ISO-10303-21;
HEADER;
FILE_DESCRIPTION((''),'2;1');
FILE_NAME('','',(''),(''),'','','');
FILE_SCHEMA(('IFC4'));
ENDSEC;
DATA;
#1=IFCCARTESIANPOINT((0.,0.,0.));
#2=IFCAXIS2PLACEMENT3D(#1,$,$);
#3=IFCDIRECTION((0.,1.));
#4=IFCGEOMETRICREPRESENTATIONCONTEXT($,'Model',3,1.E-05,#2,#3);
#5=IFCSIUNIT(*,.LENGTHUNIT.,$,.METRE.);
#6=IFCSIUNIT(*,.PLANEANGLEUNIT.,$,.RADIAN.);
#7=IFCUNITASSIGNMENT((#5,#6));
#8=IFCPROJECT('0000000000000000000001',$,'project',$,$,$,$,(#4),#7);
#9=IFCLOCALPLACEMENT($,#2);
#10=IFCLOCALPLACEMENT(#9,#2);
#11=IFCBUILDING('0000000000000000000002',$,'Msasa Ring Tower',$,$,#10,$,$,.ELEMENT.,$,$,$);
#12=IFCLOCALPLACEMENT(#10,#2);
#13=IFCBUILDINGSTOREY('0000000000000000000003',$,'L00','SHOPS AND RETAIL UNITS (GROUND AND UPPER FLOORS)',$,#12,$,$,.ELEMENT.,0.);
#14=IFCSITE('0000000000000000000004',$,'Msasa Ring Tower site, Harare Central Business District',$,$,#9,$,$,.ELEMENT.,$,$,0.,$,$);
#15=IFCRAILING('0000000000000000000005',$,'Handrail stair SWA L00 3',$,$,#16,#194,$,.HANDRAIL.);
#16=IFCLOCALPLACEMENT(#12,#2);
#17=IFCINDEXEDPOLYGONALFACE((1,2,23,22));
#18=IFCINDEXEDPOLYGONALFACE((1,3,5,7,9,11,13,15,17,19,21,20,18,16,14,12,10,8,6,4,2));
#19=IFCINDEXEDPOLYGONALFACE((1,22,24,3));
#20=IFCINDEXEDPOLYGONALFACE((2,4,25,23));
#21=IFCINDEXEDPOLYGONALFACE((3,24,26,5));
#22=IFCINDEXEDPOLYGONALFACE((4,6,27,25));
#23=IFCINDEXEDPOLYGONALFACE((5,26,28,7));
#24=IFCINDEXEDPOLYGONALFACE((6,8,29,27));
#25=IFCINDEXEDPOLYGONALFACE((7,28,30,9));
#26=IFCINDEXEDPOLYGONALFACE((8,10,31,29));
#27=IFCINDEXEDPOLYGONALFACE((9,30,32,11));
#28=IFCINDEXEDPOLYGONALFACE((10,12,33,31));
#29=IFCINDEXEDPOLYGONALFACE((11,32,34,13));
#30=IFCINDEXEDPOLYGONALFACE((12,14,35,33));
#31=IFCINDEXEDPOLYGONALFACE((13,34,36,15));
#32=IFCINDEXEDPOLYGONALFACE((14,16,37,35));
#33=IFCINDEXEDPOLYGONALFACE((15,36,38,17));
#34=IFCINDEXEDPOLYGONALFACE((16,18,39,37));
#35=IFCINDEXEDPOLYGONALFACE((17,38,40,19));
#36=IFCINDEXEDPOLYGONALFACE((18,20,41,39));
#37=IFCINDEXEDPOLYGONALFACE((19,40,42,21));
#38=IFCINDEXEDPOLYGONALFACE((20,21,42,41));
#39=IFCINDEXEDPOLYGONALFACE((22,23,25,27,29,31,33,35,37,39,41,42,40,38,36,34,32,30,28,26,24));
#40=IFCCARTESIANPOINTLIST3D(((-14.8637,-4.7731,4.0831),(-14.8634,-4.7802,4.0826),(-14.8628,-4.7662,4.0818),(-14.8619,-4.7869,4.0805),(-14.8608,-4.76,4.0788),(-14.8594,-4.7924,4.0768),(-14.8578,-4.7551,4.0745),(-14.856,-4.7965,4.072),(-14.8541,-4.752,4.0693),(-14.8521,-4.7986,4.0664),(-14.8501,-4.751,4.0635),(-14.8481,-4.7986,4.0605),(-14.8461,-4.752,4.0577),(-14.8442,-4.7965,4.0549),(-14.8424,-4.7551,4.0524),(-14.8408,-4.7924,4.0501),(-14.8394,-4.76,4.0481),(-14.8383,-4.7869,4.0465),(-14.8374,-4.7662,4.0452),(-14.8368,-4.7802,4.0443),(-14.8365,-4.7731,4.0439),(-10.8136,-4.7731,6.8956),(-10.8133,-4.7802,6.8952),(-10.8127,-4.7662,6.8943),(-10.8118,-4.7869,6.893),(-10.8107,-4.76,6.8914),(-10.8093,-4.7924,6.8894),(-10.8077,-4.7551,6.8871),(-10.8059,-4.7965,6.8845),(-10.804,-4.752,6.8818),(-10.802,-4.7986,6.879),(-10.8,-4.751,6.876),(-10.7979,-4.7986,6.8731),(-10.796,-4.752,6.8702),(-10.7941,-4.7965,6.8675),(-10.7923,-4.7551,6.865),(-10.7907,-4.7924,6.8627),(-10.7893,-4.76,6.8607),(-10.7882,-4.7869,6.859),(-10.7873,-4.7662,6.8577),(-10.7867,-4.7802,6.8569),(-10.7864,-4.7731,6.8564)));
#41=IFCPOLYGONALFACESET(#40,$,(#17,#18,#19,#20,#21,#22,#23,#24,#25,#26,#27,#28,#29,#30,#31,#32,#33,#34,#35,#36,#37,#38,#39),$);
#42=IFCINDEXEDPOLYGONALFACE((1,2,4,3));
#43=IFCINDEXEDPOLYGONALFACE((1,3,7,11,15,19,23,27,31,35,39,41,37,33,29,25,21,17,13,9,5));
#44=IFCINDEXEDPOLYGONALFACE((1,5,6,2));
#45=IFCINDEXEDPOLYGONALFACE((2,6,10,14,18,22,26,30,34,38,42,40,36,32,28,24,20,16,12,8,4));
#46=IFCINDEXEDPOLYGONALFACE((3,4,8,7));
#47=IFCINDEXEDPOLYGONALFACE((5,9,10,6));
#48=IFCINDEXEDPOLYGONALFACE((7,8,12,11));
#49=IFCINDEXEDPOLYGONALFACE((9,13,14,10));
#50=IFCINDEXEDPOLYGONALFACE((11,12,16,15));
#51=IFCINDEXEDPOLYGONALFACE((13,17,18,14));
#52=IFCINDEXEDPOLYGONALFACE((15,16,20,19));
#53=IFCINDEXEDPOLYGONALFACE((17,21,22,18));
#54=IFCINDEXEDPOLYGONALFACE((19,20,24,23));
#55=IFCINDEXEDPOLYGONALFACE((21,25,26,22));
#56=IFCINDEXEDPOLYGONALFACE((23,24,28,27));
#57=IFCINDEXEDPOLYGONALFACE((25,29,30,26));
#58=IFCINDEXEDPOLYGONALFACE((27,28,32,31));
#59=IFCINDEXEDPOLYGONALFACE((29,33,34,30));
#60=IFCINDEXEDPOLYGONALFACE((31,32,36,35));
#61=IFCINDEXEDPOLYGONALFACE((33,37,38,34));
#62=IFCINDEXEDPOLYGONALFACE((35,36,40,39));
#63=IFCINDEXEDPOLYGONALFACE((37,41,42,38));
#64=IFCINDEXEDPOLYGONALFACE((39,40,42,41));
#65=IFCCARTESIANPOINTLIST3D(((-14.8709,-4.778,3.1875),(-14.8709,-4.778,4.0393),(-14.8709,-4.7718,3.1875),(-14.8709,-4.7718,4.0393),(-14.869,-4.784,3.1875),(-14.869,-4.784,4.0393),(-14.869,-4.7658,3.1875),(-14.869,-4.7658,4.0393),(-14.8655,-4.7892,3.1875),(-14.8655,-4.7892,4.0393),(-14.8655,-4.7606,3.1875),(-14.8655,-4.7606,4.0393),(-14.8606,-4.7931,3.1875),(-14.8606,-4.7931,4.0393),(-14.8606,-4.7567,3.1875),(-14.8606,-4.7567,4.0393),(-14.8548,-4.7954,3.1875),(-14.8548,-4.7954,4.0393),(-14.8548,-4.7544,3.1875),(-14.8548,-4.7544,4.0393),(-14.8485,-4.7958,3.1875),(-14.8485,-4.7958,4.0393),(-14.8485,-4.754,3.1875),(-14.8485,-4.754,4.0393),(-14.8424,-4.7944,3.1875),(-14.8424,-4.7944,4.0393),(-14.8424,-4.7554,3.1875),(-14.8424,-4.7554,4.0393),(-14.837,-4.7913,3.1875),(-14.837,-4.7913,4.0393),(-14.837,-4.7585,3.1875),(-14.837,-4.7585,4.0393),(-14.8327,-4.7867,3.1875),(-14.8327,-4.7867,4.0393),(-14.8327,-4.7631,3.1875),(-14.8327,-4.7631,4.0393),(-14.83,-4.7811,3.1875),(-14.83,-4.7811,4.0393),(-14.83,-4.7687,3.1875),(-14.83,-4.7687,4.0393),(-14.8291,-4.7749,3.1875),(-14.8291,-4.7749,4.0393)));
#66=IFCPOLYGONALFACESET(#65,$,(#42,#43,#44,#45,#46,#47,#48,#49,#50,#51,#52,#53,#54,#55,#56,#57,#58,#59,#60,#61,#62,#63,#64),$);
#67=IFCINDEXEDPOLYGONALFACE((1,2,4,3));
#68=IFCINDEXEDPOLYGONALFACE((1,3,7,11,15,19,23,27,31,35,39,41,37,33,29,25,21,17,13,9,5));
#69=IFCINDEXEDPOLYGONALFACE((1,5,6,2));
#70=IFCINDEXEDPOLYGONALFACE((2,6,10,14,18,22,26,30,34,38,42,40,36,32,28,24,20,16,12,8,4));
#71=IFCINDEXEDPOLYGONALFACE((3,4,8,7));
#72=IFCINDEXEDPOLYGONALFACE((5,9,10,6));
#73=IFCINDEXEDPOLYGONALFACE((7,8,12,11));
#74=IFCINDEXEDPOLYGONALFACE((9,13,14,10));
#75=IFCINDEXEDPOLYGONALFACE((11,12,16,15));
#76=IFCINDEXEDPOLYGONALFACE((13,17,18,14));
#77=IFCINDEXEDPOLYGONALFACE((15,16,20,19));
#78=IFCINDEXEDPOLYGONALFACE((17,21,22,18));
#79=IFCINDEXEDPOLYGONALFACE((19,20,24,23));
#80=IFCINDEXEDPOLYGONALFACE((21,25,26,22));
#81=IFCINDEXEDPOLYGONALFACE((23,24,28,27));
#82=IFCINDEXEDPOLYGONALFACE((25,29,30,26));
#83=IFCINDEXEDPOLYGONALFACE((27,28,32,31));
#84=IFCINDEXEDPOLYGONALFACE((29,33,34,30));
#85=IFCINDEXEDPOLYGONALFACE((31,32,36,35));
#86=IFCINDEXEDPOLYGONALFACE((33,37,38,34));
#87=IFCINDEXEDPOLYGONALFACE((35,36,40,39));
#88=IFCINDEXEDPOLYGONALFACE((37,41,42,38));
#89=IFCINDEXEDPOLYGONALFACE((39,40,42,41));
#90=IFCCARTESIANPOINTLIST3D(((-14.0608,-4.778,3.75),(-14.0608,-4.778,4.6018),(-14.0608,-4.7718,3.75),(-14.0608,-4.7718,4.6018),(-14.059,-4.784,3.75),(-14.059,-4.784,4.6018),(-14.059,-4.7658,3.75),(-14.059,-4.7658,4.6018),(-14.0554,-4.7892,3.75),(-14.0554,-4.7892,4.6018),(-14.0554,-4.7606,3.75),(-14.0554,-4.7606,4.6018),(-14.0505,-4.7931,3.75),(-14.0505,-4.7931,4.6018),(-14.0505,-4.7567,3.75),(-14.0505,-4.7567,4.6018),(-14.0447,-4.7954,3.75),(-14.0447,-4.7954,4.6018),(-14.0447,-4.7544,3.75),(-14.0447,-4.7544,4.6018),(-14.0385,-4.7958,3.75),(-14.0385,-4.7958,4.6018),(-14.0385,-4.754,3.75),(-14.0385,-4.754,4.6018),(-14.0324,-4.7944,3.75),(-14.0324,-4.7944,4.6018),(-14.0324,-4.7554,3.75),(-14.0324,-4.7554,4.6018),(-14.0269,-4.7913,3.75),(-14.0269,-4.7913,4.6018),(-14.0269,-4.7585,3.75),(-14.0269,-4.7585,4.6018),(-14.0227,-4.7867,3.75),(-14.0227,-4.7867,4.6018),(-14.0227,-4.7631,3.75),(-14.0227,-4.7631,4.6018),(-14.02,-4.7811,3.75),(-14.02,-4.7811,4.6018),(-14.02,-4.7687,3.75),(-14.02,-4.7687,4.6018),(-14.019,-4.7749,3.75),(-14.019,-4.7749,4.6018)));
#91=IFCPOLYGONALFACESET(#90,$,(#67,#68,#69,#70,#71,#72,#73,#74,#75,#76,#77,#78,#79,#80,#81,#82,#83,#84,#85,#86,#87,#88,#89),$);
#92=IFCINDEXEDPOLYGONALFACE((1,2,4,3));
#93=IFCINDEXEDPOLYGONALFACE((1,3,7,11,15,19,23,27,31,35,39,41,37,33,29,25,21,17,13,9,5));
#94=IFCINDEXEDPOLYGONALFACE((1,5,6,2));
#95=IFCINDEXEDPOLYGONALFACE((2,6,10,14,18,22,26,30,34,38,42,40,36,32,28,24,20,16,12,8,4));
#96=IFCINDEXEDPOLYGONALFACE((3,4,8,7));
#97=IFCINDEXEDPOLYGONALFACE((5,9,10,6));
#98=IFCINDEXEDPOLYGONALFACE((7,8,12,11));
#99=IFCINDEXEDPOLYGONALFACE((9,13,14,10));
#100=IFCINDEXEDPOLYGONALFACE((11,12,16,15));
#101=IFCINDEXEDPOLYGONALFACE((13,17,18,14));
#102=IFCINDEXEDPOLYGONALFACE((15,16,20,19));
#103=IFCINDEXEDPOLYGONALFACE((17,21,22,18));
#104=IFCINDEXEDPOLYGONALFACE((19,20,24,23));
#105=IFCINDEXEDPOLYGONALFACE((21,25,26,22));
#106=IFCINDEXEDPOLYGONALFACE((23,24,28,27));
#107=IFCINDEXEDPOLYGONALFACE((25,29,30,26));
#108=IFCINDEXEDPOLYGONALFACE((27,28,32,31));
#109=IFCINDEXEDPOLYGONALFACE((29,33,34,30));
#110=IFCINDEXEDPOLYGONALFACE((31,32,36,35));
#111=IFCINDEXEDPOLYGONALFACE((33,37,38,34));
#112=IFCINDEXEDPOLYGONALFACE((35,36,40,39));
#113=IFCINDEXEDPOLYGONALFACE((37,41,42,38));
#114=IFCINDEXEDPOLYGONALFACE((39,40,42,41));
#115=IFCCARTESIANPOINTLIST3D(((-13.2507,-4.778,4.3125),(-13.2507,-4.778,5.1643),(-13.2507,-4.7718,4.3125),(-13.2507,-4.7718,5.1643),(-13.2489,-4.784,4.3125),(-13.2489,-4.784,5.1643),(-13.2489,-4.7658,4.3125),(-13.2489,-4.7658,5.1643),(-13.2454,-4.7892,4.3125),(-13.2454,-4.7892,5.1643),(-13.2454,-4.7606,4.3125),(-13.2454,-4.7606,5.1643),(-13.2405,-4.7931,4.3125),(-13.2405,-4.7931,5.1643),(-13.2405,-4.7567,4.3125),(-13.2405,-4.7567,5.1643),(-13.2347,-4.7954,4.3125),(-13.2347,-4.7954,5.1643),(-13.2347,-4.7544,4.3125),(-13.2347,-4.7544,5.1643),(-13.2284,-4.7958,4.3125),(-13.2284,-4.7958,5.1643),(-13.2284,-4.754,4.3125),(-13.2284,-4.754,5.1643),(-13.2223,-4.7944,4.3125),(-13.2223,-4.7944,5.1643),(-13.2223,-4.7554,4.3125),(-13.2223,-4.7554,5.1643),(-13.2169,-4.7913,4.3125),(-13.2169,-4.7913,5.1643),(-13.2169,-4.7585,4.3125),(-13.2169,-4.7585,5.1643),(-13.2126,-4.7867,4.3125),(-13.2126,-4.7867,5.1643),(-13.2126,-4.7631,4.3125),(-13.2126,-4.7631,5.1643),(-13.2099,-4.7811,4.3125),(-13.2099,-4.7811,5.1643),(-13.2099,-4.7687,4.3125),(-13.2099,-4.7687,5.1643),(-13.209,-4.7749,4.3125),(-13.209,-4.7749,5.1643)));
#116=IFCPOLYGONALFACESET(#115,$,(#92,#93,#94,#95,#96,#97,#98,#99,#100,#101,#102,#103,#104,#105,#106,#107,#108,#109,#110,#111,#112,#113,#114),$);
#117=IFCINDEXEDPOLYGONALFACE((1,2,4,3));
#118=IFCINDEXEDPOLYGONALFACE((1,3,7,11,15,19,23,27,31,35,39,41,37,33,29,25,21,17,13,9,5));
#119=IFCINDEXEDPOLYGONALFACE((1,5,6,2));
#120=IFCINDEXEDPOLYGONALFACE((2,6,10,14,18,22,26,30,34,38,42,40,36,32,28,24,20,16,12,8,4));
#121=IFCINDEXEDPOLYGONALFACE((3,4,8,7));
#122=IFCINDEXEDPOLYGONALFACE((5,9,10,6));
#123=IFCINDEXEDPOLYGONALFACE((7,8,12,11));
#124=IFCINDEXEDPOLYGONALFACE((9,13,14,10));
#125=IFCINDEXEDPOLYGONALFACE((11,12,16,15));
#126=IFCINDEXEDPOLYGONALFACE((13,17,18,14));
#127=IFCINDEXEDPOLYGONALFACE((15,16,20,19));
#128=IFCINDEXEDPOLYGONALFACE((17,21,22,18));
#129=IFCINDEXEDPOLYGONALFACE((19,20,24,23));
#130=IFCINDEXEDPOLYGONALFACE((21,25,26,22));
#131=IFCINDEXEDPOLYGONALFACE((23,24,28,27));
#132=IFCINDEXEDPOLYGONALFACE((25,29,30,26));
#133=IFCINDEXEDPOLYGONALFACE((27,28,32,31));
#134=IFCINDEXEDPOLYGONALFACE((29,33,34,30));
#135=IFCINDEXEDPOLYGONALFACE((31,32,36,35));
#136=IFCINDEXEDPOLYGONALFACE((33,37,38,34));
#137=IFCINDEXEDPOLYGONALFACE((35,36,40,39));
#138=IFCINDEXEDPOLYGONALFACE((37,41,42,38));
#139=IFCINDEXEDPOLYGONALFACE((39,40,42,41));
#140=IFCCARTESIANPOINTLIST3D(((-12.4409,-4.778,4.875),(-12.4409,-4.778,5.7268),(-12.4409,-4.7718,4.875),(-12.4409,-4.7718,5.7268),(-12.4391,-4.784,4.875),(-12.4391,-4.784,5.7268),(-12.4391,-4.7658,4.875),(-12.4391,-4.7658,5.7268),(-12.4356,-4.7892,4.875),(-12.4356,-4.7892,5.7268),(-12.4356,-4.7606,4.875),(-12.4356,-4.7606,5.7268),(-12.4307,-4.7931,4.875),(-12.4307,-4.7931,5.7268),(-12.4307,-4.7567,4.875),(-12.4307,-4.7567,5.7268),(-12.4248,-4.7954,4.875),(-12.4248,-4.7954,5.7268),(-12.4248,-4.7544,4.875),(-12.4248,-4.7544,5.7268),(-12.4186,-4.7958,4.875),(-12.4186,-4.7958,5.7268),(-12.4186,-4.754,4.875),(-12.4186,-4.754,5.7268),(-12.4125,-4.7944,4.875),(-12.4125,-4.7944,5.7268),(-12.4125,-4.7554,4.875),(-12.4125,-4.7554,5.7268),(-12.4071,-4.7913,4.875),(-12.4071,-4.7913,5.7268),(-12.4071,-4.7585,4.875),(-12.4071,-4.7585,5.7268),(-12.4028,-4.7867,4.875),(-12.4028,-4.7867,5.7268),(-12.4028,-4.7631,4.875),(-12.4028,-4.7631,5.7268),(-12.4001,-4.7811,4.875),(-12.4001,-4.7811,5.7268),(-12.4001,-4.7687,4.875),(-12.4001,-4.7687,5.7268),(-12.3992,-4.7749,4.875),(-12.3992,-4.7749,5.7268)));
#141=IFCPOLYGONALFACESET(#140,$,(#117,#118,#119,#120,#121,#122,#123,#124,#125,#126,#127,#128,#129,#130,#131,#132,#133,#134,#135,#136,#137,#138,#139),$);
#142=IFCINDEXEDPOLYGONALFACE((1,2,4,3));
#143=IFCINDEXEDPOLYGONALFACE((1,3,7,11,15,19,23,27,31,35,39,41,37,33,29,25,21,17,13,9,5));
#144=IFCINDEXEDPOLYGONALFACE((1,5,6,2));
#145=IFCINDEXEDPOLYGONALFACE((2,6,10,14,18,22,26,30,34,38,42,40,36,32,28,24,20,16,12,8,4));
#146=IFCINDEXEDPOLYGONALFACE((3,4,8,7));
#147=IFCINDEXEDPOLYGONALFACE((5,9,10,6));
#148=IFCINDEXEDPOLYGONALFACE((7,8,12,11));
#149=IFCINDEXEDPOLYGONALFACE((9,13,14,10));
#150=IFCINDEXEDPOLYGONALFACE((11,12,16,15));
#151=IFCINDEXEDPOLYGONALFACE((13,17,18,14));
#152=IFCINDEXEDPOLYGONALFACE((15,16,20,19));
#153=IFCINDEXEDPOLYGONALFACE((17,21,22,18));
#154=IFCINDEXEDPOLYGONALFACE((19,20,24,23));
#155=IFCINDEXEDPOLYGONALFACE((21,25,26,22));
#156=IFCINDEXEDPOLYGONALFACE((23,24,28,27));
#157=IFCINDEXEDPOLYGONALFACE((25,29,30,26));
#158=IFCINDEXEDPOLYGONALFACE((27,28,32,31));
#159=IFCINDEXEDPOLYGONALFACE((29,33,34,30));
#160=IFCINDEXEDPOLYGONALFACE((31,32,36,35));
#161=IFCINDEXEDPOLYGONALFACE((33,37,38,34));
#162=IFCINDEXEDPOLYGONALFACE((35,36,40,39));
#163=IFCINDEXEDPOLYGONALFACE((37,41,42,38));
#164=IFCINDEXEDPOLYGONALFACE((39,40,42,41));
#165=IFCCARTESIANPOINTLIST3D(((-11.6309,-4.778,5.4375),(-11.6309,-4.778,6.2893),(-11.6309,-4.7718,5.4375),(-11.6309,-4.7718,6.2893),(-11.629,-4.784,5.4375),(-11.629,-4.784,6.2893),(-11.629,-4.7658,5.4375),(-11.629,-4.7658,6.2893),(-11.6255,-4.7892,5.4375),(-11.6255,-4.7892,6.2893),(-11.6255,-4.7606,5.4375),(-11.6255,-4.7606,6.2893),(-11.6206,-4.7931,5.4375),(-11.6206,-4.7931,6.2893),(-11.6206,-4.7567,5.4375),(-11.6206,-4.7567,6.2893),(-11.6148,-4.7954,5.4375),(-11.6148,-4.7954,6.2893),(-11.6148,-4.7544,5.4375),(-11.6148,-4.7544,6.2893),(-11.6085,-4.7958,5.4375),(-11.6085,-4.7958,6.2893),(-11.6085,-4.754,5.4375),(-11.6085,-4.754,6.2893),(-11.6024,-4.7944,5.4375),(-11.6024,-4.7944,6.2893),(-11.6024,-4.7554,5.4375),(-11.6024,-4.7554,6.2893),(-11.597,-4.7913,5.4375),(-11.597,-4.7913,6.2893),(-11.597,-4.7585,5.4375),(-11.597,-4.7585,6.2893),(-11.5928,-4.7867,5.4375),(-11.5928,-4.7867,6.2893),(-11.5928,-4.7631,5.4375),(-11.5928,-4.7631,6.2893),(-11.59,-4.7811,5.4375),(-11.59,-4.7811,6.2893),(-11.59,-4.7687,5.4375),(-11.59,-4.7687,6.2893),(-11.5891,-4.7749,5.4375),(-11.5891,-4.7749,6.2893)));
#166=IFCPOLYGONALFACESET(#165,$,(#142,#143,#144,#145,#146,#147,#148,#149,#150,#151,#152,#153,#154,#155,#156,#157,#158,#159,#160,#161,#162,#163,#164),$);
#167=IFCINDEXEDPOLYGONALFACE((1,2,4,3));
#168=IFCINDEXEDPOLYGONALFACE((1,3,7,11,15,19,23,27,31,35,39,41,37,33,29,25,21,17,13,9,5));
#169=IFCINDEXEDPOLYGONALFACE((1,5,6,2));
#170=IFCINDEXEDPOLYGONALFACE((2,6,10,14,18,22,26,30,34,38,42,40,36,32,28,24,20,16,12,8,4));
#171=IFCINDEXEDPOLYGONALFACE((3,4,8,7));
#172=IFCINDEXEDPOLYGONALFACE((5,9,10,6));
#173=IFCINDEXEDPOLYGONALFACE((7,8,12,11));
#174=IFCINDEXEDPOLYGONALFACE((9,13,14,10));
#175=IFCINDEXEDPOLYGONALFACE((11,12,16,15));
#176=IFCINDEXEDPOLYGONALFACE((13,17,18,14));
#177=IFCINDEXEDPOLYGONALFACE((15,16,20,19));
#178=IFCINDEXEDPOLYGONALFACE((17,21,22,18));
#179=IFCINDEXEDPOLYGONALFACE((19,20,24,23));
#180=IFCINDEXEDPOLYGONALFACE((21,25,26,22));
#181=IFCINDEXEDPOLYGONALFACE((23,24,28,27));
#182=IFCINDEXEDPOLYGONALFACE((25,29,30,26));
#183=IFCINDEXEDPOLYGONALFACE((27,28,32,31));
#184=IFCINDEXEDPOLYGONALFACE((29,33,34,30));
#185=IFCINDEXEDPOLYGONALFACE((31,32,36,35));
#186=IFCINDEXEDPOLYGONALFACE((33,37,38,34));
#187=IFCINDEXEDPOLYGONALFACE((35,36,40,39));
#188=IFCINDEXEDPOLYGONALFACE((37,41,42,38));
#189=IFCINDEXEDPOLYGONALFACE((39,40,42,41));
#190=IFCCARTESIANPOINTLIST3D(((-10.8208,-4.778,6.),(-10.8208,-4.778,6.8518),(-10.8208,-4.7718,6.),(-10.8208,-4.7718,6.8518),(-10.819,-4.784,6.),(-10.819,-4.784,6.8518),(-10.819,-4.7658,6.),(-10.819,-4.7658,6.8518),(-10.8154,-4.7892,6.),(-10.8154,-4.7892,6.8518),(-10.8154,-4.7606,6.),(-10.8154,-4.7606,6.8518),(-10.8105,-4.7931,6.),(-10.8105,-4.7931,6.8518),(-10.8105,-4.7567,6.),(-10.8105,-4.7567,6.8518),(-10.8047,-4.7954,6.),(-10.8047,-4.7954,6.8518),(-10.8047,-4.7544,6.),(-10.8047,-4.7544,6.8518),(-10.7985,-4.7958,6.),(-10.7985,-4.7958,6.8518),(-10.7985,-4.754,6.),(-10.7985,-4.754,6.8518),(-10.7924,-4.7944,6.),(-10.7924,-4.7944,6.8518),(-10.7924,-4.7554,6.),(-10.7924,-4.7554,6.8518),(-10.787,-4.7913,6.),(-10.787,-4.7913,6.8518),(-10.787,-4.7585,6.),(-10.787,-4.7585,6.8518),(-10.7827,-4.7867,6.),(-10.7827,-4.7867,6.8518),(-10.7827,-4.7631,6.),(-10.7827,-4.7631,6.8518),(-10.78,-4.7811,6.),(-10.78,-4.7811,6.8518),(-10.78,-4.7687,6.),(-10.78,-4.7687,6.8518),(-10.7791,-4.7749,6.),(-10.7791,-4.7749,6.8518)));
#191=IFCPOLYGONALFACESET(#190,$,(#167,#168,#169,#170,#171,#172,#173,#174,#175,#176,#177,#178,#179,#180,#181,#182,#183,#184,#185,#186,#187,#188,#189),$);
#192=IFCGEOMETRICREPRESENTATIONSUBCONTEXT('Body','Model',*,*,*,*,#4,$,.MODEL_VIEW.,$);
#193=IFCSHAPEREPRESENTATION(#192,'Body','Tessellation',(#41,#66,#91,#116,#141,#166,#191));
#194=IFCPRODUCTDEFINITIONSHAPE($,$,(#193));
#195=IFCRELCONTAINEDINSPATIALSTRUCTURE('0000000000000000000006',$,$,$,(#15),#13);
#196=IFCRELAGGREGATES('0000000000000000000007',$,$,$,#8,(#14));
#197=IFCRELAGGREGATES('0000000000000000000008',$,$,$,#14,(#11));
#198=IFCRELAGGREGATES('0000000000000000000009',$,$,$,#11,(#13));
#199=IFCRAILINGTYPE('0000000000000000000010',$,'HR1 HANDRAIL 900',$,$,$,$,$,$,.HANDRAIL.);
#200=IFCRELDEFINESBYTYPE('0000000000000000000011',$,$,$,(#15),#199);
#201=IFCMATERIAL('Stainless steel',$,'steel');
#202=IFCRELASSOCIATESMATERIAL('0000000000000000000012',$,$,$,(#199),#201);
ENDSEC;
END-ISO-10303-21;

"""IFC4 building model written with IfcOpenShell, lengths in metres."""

from ifc_helpers import new_model, si_unit, direction, frame, origin, origin_2d, place, context, subcontext, project, spatial, circle, extrude, material, type_object, element, save


model = new_model("IFC4")

# Units and contexts
model_context = context("Model", 3, precision=1e-05, world=origin(), true_north=direction((0.0, 1.0)))
body_context = subcontext(model_context, "Body", "Model", "MODEL_VIEW")
ifc_project = project(units=[si_unit("LENGTHUNIT", "METRE"), si_unit("PLANEANGLEUNIT", "RADIAN")], contexts=[model_context])

# Site, building, storey
site_placement = place(None, origin())
site = spatial("IfcSite", under=ifc_project, at=site_placement, Name="Msasa Ring Tower site, Harare Central Business District", CompositionType="ELEMENT", RefElevation=0.0)
building_placement = place(site_placement, origin())
building = spatial("IfcBuilding", under=site, at=building_placement, Name="Msasa Ring Tower", CompositionType="ELEMENT")
storey_placement = place(building_placement, origin())
storey = spatial("IfcBuildingStorey", under=building, at=storey_placement, Name="L00", Description="SHOPS AND RETAIL UNITS (GROUND AND UPPER FLOORS)", CompositionType="ELEMENT", Elevation=0.0)

# Railing
ifc_material_1 = material(Name="Stainless steel", Category="steel")
railing_type = type_object("IfcRailingType", Name="HR1 HANDRAIL 900", PredefinedType="HANDRAIL", material=ifc_material_1)
for number, where, name in (
    (1, (-14.8501, -4.7749, 3.1875), "Handrail stair SWA L00 3"),
):
    element("IfcRailing", number, at=place(storey_placement, frame(where)), inside=storey, type_object=railing_type, Name=name, PredefinedType="HANDRAIL", context=body_context, shape_type="SweptSolid", body=[
        extrude(circle(Radius=0.0239, at=origin_2d()), frame((0.0, 0.0, 0.876), z_axis=(0.821373, 0.0, 0.570391), x_axis=(0.0, 1.0, 0.0)), (0.0, 0.0, 1.0), 4.9309),
        extrude(circle(Radius=0.021, at=origin_2d()), origin(), (0.0, 0.0, 1.0), 0.8518),
        extrude(circle(Radius=0.021, at=origin_2d()), frame((0.8101, 0.0, 0.5625)), (0.0, 0.0, 1.0), 0.8518),
        extrude(circle(Radius=0.021, at=origin_2d()), frame((1.6201, 0.0, 1.125)), (0.0, 0.0, 1.0), 0.8518),
        extrude(circle(Radius=0.021, at=origin_2d()), frame((2.4299, 0.0, 1.6875)), (0.0, 0.0, 1.0), 0.8518),
        extrude(circle(Radius=0.021, at=origin_2d()), frame((3.24, 0.0, 2.25)), (0.0, 0.0, 1.0), 0.8518),
        extrude(circle(Radius=0.021, at=origin_2d()), frame((4.05, 0.0, 2.8125)), (0.0, 0.0, 1.0), 0.8518),
    ])

save(model, "model.ifc")
